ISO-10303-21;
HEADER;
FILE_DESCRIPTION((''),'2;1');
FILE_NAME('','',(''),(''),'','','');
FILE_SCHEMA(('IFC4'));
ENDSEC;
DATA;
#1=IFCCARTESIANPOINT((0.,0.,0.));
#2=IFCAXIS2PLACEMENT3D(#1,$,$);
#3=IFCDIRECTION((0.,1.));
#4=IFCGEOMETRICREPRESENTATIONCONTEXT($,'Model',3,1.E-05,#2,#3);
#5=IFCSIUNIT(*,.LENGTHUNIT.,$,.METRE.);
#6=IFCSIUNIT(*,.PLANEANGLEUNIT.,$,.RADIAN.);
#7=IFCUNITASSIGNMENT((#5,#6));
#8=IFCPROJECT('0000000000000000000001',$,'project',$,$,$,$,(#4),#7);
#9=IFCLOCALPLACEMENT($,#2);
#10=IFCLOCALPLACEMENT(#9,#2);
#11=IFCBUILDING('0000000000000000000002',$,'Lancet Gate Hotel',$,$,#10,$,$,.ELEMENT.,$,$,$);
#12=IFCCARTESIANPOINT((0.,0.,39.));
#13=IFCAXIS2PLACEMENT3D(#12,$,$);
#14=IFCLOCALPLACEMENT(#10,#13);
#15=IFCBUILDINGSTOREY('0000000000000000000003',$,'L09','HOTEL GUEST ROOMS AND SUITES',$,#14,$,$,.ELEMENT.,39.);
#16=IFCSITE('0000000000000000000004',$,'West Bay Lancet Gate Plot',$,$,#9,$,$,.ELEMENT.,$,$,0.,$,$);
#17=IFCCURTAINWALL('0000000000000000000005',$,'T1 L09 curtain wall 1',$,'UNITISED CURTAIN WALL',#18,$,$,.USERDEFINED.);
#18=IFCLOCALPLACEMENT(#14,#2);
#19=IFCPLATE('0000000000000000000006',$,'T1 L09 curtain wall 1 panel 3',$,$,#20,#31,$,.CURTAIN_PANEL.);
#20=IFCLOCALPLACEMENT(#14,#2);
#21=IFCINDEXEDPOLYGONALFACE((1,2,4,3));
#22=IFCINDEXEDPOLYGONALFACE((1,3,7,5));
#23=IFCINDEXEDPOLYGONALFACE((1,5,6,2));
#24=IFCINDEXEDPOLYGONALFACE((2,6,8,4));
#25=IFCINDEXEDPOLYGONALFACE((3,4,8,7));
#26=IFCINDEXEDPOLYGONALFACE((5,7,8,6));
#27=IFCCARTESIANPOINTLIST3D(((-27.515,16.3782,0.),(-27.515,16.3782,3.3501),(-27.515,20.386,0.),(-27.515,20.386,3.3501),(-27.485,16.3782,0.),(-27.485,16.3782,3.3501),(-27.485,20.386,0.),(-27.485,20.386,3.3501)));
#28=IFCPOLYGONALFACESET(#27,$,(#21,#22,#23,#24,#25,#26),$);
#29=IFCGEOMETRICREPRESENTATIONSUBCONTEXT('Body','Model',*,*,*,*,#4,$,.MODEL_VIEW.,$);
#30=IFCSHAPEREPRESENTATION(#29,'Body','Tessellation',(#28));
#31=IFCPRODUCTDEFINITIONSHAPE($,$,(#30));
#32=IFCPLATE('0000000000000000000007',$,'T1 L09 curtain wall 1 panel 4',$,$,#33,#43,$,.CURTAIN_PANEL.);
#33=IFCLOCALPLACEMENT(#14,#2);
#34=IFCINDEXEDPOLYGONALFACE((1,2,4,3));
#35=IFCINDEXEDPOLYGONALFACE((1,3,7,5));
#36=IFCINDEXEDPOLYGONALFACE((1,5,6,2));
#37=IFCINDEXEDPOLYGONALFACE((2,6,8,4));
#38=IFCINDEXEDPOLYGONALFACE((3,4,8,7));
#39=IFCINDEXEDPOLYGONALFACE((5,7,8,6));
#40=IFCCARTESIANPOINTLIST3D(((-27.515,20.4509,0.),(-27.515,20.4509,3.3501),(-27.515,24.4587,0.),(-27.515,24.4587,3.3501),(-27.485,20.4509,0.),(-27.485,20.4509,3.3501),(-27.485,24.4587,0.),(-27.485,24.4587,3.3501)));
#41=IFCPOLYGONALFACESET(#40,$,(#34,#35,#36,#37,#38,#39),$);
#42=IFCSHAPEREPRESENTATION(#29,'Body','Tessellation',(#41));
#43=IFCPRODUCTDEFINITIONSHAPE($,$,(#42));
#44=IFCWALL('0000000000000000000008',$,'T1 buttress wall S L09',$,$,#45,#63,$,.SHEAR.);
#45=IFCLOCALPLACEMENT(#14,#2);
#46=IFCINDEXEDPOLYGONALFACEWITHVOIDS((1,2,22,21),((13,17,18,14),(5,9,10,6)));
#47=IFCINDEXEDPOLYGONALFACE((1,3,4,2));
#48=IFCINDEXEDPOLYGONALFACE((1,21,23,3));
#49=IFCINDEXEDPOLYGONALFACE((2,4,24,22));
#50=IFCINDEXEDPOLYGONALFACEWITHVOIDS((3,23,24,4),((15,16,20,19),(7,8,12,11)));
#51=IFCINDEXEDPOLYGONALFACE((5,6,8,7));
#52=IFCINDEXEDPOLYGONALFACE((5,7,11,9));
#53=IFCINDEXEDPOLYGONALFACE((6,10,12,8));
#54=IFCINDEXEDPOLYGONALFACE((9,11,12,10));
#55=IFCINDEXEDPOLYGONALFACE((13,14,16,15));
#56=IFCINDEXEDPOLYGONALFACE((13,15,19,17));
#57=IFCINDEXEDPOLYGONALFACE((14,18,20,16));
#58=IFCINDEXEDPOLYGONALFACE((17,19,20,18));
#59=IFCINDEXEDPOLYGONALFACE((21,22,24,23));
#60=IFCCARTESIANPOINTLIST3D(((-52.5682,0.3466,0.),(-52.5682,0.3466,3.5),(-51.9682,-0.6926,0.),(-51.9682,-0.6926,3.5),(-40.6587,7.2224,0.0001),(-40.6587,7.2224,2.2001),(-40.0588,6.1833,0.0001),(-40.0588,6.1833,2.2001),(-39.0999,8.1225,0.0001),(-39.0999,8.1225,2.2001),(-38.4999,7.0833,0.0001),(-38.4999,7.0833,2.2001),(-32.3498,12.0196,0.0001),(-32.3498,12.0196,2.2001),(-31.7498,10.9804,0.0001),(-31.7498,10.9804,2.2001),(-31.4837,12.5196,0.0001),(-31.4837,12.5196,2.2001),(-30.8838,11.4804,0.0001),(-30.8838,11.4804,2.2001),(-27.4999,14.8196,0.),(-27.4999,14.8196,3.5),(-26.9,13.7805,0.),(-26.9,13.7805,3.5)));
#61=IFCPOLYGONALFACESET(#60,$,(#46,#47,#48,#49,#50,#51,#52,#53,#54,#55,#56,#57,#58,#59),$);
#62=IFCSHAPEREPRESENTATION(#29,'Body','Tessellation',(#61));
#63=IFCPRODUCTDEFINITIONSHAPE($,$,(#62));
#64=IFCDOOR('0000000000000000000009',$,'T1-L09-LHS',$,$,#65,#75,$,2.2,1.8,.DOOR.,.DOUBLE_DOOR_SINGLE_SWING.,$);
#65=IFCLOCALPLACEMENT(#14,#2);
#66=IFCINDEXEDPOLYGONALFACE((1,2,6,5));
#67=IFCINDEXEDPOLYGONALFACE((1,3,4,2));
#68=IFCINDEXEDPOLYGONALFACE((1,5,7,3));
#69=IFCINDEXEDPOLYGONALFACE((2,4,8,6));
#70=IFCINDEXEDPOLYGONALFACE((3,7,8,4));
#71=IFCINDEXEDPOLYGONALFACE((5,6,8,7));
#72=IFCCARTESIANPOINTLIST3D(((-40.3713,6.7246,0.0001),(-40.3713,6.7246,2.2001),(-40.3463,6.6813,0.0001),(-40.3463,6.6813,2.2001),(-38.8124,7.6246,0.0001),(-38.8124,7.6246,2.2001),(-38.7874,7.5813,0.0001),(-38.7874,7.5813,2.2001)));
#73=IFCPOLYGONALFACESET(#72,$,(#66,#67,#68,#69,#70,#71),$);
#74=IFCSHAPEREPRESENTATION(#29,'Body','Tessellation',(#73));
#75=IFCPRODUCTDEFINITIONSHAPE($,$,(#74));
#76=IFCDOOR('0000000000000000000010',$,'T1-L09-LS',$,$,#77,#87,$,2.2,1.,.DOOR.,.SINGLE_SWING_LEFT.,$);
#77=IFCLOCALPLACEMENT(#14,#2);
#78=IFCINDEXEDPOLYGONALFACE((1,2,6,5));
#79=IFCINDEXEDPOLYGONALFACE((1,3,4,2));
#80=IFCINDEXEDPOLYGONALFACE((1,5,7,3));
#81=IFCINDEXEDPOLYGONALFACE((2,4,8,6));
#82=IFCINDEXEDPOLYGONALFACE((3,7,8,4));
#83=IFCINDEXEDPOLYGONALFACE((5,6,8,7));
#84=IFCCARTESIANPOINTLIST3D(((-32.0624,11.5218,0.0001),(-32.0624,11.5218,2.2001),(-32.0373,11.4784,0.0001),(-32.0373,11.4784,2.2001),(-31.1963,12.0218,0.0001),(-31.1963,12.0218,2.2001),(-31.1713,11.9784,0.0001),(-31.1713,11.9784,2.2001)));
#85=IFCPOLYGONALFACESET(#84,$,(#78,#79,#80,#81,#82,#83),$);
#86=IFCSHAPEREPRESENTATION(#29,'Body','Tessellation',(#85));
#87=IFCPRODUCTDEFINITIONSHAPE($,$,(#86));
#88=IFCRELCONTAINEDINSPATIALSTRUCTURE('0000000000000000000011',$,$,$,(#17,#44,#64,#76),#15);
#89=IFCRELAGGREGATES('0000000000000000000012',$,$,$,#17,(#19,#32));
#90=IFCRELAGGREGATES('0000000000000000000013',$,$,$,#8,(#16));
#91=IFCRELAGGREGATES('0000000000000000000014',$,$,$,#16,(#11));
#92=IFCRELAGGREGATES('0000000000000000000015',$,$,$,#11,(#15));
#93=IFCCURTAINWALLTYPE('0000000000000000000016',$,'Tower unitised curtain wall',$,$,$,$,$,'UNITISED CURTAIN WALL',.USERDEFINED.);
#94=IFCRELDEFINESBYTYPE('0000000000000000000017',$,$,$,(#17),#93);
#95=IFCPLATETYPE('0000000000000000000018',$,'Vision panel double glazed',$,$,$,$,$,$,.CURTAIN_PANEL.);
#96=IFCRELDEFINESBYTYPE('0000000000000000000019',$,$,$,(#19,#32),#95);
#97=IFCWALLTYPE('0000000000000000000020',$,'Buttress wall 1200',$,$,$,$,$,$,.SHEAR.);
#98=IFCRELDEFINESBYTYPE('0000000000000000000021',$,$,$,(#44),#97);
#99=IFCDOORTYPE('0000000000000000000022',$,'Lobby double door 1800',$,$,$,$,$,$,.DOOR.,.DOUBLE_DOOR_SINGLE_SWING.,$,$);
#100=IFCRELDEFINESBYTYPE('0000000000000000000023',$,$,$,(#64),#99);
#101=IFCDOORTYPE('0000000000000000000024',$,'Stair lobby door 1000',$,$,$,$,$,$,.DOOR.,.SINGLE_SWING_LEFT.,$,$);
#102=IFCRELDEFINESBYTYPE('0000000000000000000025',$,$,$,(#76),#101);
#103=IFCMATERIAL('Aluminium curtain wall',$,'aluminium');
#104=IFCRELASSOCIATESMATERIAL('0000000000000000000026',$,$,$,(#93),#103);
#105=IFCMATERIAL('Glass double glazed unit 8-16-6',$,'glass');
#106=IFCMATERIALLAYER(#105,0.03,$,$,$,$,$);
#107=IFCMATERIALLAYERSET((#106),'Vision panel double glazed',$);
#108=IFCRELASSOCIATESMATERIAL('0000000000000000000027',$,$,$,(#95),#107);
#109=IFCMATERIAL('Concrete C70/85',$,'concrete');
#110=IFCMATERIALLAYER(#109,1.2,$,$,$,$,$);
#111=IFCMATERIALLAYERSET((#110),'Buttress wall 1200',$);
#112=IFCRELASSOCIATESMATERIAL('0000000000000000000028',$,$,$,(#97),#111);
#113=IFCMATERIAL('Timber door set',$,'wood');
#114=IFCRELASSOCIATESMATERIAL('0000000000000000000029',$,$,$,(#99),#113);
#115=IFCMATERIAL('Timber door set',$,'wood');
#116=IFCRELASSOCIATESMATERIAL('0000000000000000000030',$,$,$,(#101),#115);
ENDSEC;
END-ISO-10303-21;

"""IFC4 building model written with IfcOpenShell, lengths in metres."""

from ifc_helpers import new_model, si_unit, direction, frame, frame_2d, origin, origin_2d, place, context, subcontext, project, spatial, rectangle, extrude, material, layer, layer_set, type_object, element, fill, aggregate, save


model = new_model("IFC4")

# Units and contexts
model_context = context("Model", 3, precision=1e-05, world=origin(), true_north=direction((0.0, 1.0)))
body_context = subcontext(model_context, "Body", "Model", "MODEL_VIEW")
ifc_project = project(units=[si_unit("LENGTHUNIT", "METRE"), si_unit("PLANEANGLEUNIT", "RADIAN")], contexts=[model_context])

# Site, building, storey
site_placement = place(None, origin())
site = spatial("IfcSite", under=ifc_project, at=site_placement, Name="West Bay Lancet Gate Plot", CompositionType="ELEMENT", RefElevation=0.0)
building_placement = place(site_placement, origin())
building = spatial("IfcBuilding", under=site, at=building_placement, Name="Lancet Gate Hotel", CompositionType="ELEMENT")
storey_placement = place(building_placement, frame((0.0, 0.0, 39.0)))
storey = spatial("IfcBuildingStorey", under=building, at=storey_placement, Name="L09", Description="HOTEL GUEST ROOMS AND SUITES", CompositionType="ELEMENT", Elevation=39.0)

# Curtain wall
ifc_material_1 = material(Name="Aluminium curtain wall", Category="aluminium")
curtain_wall_type = type_object("IfcCurtainWallType", Name="Tower unitised curtain wall", ElementType="UNITISED CURTAIN WALL", PredefinedType="USERDEFINED", material=ifc_material_1)
curtain_wall_placement = place(storey_placement, origin())
curtain_wall = element("IfcCurtainWall", 1, at=curtain_wall_placement, inside=storey, type_object=curtain_wall_type, Name="T1 L09 curtain wall 1", ObjectType="UNITISED CURTAIN WALL", PredefinedType="USERDEFINED")

# Plates
ifc_material_2 = material(Name="Glass double glazed unit 8-16-6", Category="glass")
ifc_layer_1 = layer(ifc_material_2, 0.03)
ifc_layer_set_1 = layer_set([ifc_layer_1], Name="Vision panel double glazed")
plate_type = type_object("IfcPlateType", Name="Vision panel double glazed", PredefinedType="CURTAIN_PANEL", material=ifc_layer_set_1)
plate_1_placement = place(storey_placement, frame((-27.5, 18.3821, 0.0), z_axis=(0.0, 0.0, 1.0), x_axis=(0.0, 1.0, 0.0)))
plate_1 = element("IfcPlate", 2, at=plate_1_placement, type_object=plate_type, Name="T1 L09 curtain wall 1 panel 3", PredefinedType="CURTAIN_PANEL", context=body_context, shape_type="SweptSolid", body=[
    extrude(rectangle(XDim=4.0078, YDim=0.03, at=origin_2d()), origin(), (0.0, 0.0, 1.0), 3.3501),
])
plate_2_placement = place(storey_placement, frame((-27.5, 22.4548, 0.0), z_axis=(0.0, 0.0, 1.0), x_axis=(0.0, 1.0, 0.0)))
plate_2 = element("IfcPlate", 3, at=plate_2_placement, type_object=plate_type, Name="T1 L09 curtain wall 1 panel 4", PredefinedType="CURTAIN_PANEL", context=body_context, shape_type="SweptSolid", body=[
    extrude(rectangle(XDim=4.0078, YDim=0.03, at=origin_2d()), origin(), (0.0, 0.0, 1.0), 3.3501),
])
aggregate(curtain_wall, [plate_1, plate_2])

# Wall, openings, doors
ifc_material_3 = material(Name="Concrete C70/85", Category="concrete")
ifc_layer_2 = layer(ifc_material_3, 1.2)
ifc_layer_set_2 = layer_set([ifc_layer_2], Name="Buttress wall 1200")
wall_type = type_object("IfcWallType", Name="Buttress wall 1200", PredefinedType="SHEAR", material=ifc_layer_set_2)
wall_placement = place(storey_placement, frame((-27.2, 14.3, 0.0), z_axis=(0.0, 0.0, 1.0), x_axis=(-0.866027, -0.499998, 0.0)))
wall = element("IfcWall", 4, at=wall_placement, inside=storey, type_object=wall_type, Name="T1 buttress wall S L09", PredefinedType="SHEAR", context=body_context, shape_type="SweptSolid", body=[
    extrude(rectangle(XDim=28.9463, YDim=1.2, at=frame_2d((14.4731, 0.0))), origin(), (0.0, 0.0, 1.0), 3.5),
])
opening_1_placement = place(wall_placement, frame((4.6001, 0.0, 0.0)))
opening_1 = element("IfcOpeningElement", 5, at=opening_1_placement, cuts=wall, PredefinedType="OPENING", context=body_context, shape_type="SweptSolid", body=[
    extrude(rectangle(XDim=1.0, YDim=2.2, at=frame_2d((0.5, 1.1001))), frame((0.0, 0.6099, 0.0), z_axis=(0.0, -1.0, 0.0), x_axis=(1.0, 0.0, 0.0)), (0.0, 0.0, 1.0), 1.22),
])
opening_2_placement = place(wall_placement, frame((13.3945, 0.0, 0.0)))
opening_2 = element("IfcOpeningElement", 6, at=opening_2_placement, cuts=wall, PredefinedType="OPENING", context=body_context, shape_type="SweptSolid", body=[
    extrude(rectangle(XDim=1.8, YDim=2.2, at=frame_2d((0.8999, 1.1001))), frame((0.0, 0.6099, 0.0), z_axis=(0.0, -1.0, 0.0), x_axis=(1.0, 0.0, 0.0)), (0.0, 0.0, 1.0), 1.22),
])
ifc_material_4 = material(Name="Timber door set", Category="wood")
door_type_1 = type_object("IfcDoorType", Name="Lobby double door 1800", OperationType="DOUBLE_DOOR_SINGLE_SWING", PredefinedType="DOOR", material=ifc_material_4)
door_1_placement = place(opening_2_placement, origin())
door_1 = element("IfcDoor", 7, at=door_1_placement, inside=storey, type_object=door_type_1, Name="T1-L09-LHS", OperationType="DOUBLE_DOOR_SINGLE_SWING", OverallHeight=2.2, OverallWidth=1.8, PredefinedType="DOOR", context=body_context, shape_type="SweptSolid", body=[
    extrude(rectangle(XDim=1.8, YDim=2.2, at=frame_2d((0.8999, 1.1001))), frame((0.0, 0.0249, 0.0), z_axis=(0.0, -1.0, 0.0), x_axis=(1.0, 0.0, 0.0)), (0.0, 0.0, 1.0), 0.05),
])
fill(opening_2, door_1)
ifc_material_5 = material(Name="Timber door set", Category="wood")
door_type_2 = type_object("IfcDoorType", Name="Stair lobby door 1000", OperationType="SINGLE_SWING_LEFT", PredefinedType="DOOR", material=ifc_material_5)
door_2_placement = place(opening_1_placement, origin())
door_2 = element("IfcDoor", 8, at=door_2_placement, inside=storey, type_object=door_type_2, Name="T1-L09-LS", OperationType="SINGLE_SWING_LEFT", OverallHeight=2.2, OverallWidth=1.0, PredefinedType="DOOR", context=body_context, shape_type="SweptSolid", body=[
    extrude(rectangle(XDim=1.0, YDim=2.2, at=frame_2d((0.5, 1.1001))), frame((0.0, 0.0249, 0.0), z_axis=(0.0, -1.0, 0.0), x_axis=(1.0, 0.0, 0.0)), (0.0, 0.0, 1.0), 0.05),
])
fill(opening_1, door_2)

save(model, "model.ifc")
